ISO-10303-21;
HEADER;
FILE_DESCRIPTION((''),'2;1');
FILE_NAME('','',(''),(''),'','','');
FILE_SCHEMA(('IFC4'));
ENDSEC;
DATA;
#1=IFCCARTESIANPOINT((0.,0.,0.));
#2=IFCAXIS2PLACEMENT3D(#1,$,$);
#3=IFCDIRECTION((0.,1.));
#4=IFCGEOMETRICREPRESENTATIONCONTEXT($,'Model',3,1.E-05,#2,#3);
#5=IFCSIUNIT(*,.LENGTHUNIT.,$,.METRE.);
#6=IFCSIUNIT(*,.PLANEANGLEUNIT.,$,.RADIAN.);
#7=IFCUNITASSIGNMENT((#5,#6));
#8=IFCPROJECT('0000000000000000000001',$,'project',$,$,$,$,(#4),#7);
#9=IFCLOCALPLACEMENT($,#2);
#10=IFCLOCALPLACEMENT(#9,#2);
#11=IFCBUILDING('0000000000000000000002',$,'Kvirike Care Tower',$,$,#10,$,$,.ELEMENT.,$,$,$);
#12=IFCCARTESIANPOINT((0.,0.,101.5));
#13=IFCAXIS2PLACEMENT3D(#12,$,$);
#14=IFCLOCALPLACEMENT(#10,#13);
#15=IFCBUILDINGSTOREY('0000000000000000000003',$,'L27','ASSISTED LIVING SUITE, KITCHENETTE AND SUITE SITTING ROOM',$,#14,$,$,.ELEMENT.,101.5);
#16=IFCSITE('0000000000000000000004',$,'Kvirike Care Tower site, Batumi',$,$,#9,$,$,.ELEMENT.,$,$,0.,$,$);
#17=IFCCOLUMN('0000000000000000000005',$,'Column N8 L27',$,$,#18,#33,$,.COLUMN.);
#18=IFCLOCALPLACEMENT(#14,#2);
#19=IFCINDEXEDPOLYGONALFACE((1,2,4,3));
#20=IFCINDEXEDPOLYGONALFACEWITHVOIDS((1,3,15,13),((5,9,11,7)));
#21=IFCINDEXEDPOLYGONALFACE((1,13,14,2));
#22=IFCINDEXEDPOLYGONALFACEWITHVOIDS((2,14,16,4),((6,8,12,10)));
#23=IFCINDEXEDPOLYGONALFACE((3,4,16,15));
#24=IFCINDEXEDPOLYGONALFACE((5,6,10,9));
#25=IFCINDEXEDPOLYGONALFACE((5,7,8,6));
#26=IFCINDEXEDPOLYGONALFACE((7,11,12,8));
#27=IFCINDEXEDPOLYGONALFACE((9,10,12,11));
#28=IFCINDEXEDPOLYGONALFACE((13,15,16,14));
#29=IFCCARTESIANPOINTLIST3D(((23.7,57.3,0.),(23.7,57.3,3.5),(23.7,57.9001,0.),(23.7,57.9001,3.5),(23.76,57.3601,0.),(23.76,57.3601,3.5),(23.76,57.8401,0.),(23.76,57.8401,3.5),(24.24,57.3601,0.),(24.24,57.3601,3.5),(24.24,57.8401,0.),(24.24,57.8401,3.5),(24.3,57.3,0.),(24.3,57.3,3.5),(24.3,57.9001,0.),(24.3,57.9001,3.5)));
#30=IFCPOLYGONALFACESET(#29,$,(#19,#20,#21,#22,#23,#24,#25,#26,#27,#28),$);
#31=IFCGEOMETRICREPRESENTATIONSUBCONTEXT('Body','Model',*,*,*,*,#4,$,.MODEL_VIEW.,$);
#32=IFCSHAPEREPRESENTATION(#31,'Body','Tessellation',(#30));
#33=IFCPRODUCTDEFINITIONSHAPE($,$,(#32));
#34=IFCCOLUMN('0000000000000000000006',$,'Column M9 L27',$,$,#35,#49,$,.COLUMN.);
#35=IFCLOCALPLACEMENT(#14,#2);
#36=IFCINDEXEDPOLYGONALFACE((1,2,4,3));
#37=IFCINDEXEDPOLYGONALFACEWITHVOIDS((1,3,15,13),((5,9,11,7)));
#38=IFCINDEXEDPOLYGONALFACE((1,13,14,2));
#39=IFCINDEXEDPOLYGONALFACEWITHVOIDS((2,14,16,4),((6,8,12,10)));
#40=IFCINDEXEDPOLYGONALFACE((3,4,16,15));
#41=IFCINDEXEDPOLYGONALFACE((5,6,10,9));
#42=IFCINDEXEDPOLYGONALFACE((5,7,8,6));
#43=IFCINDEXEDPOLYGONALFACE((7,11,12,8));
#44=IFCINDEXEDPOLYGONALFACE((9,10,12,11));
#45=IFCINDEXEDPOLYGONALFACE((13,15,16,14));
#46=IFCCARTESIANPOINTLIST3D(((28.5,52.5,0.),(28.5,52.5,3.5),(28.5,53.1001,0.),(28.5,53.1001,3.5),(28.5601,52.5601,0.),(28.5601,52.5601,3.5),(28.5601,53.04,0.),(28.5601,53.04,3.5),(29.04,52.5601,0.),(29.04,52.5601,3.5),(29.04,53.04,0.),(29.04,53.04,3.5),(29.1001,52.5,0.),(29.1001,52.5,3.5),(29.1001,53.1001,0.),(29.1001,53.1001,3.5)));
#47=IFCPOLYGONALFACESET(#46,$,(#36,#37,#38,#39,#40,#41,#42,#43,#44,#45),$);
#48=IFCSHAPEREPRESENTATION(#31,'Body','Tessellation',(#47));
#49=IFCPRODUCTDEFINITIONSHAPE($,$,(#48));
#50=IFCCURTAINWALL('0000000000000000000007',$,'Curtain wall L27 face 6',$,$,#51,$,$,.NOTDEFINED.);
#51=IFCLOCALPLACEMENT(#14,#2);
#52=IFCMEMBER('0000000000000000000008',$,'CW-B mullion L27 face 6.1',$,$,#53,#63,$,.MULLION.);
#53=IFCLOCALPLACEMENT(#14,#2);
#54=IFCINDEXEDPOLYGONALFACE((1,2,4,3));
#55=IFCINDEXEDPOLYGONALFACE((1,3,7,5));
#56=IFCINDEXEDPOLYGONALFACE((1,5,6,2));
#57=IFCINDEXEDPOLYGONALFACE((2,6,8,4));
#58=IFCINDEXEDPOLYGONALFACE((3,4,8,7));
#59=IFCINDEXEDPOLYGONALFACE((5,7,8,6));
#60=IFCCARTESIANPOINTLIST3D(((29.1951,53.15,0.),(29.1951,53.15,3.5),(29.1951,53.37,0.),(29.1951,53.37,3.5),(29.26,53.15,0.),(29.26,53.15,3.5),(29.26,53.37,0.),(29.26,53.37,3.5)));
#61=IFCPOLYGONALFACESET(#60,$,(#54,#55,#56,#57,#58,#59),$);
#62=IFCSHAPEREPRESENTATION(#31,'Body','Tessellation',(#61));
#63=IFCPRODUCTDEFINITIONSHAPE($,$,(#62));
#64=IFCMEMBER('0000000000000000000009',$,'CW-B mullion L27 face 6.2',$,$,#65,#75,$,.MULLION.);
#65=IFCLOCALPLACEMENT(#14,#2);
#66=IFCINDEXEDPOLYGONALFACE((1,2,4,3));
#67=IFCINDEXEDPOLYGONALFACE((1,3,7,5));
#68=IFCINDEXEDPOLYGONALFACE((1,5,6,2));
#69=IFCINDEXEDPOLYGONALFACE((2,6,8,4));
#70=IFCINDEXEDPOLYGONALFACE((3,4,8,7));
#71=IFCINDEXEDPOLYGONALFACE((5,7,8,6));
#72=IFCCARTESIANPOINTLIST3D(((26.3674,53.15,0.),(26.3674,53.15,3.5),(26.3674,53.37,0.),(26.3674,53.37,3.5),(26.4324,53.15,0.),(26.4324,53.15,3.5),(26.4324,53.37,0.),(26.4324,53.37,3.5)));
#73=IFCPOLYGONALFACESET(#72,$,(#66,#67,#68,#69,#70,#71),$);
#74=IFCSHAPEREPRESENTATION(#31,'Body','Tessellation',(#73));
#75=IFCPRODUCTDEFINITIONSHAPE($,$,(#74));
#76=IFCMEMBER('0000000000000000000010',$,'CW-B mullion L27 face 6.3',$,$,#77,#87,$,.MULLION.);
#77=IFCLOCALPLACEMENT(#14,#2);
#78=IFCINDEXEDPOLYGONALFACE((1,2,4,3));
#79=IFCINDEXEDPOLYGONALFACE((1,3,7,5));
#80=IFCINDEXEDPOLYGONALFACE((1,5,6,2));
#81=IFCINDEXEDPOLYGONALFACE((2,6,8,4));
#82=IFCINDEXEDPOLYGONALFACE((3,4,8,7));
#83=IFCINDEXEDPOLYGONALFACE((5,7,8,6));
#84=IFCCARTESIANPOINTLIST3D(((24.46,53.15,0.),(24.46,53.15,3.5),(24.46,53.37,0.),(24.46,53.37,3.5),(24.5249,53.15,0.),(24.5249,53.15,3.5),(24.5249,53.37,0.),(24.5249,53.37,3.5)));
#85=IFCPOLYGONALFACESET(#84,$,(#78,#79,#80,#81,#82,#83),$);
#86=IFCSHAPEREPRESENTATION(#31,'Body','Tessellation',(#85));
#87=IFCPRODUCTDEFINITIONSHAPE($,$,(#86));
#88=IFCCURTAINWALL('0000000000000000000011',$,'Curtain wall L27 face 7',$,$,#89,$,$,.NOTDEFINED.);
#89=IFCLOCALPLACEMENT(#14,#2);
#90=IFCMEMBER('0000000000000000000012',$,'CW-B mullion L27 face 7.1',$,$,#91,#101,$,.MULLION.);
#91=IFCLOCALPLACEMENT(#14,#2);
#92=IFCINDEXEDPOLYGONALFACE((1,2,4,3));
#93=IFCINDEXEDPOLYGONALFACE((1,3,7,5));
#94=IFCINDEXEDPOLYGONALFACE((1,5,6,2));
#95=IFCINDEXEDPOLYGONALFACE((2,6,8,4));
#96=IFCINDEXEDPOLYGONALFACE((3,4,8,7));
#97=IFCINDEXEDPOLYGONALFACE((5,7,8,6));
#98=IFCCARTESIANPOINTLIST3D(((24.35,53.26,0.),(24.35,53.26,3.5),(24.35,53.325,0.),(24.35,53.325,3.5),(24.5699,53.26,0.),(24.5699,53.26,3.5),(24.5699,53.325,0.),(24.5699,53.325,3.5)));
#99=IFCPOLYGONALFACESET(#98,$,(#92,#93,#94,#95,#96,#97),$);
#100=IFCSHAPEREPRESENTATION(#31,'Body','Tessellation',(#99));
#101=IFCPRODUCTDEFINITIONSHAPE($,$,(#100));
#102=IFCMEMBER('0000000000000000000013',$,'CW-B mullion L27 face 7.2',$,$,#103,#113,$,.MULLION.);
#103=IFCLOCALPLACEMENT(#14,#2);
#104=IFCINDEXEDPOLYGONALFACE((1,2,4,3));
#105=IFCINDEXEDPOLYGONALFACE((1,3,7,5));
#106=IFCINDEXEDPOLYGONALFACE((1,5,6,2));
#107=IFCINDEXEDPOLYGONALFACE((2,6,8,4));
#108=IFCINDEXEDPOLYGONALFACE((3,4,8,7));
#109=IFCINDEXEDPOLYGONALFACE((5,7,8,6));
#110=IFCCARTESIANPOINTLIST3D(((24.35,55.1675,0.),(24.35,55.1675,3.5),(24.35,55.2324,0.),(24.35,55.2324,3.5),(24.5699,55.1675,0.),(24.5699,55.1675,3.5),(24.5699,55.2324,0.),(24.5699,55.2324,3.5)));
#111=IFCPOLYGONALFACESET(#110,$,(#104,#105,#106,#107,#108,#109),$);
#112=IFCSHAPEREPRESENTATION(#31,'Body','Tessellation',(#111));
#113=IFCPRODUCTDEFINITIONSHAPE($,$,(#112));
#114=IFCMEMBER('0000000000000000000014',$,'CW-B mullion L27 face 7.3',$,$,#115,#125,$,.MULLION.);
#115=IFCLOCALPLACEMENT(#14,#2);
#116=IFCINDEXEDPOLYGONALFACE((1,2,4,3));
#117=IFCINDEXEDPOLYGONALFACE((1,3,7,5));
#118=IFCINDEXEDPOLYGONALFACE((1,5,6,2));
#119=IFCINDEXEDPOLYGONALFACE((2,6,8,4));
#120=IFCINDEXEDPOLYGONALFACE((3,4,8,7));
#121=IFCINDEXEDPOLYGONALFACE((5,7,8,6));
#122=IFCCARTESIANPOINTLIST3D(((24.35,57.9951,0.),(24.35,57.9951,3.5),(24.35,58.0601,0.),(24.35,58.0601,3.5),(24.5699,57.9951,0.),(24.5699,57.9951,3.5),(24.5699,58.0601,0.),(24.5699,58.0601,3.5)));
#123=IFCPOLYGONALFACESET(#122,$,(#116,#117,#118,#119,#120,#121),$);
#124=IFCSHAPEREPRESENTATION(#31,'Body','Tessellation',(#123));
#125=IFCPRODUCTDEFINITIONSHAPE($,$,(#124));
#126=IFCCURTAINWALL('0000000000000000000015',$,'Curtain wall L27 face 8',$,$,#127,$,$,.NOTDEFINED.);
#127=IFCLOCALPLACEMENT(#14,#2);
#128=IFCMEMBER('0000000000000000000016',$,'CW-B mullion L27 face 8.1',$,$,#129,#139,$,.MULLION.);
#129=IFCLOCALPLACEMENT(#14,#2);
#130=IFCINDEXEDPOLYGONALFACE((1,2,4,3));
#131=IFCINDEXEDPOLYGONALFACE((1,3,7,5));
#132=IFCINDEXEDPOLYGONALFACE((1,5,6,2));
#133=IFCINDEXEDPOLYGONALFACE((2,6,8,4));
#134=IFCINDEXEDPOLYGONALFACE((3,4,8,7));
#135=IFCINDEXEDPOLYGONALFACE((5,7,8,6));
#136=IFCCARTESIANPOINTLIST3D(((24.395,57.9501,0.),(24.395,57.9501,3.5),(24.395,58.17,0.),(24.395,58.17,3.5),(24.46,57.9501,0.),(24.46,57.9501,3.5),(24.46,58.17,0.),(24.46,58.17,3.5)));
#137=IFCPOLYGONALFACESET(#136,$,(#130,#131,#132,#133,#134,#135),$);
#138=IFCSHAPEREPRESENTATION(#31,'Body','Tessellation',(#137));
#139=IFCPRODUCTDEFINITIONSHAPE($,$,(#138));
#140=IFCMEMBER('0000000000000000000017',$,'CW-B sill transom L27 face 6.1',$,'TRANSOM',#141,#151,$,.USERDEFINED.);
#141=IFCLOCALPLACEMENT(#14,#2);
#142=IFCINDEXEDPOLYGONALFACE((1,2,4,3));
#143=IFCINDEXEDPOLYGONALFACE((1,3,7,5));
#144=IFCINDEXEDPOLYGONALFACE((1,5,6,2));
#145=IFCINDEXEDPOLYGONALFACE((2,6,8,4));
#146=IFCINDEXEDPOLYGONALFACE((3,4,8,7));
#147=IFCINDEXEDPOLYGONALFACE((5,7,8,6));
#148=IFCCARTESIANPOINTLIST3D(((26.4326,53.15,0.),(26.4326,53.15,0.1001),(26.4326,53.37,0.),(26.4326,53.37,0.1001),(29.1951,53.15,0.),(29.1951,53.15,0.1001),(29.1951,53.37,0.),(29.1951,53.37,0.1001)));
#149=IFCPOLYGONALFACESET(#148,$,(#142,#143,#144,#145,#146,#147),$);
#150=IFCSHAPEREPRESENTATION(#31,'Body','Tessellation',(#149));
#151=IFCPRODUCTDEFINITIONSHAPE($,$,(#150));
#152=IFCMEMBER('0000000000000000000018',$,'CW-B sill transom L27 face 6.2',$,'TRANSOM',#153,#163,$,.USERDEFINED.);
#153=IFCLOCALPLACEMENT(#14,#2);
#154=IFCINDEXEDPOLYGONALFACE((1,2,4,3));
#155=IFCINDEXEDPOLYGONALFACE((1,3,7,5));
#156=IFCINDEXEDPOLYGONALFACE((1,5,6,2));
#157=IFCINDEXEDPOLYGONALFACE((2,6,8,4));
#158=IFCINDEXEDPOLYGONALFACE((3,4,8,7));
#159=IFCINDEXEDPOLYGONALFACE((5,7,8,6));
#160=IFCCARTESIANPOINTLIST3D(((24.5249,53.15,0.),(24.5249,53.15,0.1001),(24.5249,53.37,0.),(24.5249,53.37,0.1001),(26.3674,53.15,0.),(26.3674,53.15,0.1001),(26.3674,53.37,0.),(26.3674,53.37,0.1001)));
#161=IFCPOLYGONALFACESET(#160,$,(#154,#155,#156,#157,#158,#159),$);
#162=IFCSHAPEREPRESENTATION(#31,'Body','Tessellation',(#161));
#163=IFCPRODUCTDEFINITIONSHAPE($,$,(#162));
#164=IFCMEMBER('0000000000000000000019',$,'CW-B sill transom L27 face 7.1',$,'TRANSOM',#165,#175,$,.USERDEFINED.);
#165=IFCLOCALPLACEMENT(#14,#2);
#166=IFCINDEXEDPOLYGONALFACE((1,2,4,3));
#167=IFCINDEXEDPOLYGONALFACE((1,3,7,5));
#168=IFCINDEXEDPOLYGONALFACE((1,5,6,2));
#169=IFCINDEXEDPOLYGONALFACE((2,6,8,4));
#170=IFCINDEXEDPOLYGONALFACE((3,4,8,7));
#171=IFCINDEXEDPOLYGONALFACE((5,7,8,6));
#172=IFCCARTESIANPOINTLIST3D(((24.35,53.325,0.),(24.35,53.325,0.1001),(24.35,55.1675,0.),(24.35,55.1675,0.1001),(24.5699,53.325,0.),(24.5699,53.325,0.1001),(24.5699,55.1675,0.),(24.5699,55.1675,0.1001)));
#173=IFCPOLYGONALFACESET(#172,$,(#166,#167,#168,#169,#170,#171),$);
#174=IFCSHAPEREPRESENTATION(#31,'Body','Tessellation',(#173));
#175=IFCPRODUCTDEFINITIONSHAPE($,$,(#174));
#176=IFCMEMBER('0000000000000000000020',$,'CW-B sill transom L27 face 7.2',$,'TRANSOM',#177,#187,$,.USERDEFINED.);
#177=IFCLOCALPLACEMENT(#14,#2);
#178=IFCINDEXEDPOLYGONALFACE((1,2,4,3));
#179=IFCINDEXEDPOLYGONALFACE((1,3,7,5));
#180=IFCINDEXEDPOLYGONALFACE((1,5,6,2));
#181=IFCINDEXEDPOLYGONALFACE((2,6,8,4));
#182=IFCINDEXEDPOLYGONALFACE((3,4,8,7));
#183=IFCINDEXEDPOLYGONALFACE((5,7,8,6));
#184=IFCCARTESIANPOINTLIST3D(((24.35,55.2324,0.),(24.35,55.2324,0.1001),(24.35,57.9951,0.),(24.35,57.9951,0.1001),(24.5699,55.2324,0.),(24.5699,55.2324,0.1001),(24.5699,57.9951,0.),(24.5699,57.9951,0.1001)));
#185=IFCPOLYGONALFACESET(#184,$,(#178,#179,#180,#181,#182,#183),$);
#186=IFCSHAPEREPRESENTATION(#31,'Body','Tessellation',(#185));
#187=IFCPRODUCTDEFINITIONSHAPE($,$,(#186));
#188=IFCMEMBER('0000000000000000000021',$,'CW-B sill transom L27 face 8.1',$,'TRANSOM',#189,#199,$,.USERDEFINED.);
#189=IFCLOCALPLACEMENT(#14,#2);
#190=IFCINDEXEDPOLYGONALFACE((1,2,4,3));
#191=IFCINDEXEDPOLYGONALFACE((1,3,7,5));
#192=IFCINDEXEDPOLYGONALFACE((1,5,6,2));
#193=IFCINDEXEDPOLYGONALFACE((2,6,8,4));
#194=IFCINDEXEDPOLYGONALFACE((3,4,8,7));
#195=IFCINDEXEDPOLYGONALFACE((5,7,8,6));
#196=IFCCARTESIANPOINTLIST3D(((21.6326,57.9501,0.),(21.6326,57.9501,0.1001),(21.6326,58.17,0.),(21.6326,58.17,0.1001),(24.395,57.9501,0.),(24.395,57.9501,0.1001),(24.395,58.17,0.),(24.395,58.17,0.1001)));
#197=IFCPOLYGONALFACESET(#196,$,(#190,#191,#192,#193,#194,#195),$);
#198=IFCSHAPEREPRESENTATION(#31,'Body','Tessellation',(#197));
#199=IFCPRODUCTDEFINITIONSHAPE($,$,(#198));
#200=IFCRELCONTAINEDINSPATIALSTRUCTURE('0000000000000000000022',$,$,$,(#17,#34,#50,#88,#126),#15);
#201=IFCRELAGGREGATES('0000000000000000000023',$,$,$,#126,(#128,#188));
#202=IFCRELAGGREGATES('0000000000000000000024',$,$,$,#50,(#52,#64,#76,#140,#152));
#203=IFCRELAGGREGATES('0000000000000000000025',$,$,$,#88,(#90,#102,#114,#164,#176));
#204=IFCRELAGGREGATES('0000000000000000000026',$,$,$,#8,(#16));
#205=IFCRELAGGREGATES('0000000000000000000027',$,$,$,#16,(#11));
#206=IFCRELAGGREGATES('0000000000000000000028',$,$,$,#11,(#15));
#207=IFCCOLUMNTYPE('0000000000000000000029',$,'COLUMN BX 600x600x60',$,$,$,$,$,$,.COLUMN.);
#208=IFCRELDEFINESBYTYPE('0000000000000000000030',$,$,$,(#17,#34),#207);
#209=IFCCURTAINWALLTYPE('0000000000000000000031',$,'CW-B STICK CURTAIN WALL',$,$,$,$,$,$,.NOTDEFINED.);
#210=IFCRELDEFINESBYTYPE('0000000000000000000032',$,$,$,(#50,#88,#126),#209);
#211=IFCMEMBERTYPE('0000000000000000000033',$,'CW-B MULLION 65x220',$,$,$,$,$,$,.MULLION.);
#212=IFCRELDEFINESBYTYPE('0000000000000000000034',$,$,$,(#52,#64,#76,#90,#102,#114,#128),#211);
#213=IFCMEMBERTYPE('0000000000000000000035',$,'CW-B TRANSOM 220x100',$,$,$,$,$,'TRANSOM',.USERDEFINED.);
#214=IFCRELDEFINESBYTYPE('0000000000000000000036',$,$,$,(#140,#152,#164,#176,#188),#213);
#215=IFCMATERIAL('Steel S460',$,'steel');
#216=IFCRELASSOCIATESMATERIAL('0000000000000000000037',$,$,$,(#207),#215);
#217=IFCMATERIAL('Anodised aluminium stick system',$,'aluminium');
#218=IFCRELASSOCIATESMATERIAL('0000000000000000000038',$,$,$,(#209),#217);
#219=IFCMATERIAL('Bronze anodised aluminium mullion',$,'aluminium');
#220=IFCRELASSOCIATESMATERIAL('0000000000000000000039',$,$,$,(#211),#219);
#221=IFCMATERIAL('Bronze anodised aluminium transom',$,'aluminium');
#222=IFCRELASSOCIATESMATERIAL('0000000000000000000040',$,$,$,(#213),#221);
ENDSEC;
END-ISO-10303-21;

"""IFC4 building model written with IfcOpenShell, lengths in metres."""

from ifc_helpers import new_model, si_unit, direction, frame, origin, origin_2d, place, context, subcontext, project, spatial, rectangle, hollow_rectangle, extrude, material, material_profile, profile_set, type_object, element, aggregate, save


model = new_model("IFC4")

# Units and contexts
model_context = context("Model", 3, precision=1e-05, world=origin(), true_north=direction((0.0, 1.0)))
body_context = subcontext(model_context, "Body", "Model", "MODEL_VIEW")
ifc_project = project(units=[si_unit("LENGTHUNIT", "METRE"), si_unit("PLANEANGLEUNIT", "RADIAN")], contexts=[model_context])

# Site, building, storey
site_placement = place(None, origin())
site = spatial("IfcSite", under=ifc_project, at=site_placement, Name="Kvirike Care Tower site, Batumi", CompositionType="ELEMENT", RefElevation=0.0)
building_placement = place(site_placement, origin())
building = spatial("IfcBuilding", under=site, at=building_placement, Name="Kvirike Care Tower", CompositionType="ELEMENT")
storey_placement = place(building_placement, frame((0.0, 0.0, 101.5)))
storey = spatial("IfcBuildingStorey", under=building, at=storey_placement, Name="L27", Description="ASSISTED LIVING SUITE, KITCHENETTE AND SUITE SITTING ROOM", CompositionType="ELEMENT", Elevation=101.5)

# Columns
ifc_material_1 = material(Name="Steel S460", Category="steel")
ifc_material_profile_1 = material_profile(ifc_material_1, hollow_rectangle(XDim=0.6001, YDim=0.6001, WallThickness=0.0601, at=origin_2d()), Name="BX 600x600x60")
ifc_profile_set_1 = profile_set([ifc_material_profile_1], Name="Steel S460")
column_type = type_object("IfcColumnType", Name="COLUMN BX 600x600x60", PredefinedType="COLUMN", material=ifc_profile_set_1)
for number, where, z_axis, x_axis, name in (
    (1, (24.0, 57.6001, 0.0), (0.0, 0.0, 1.0), (0.0, 1.0, 0.0), "Column N8 L27"),
    (2, (28.8, 52.8, 0.0), (0.0, 0.0, 1.0), (0.0, 1.0, 0.0), "Column M9 L27"),
):
    element("IfcColumn", number, at=place(storey_placement, frame(where, z_axis=z_axis, x_axis=x_axis)), inside=storey, type_object=column_type, Name=name, PredefinedType="COLUMN", context=body_context, shape_type="SweptSolid", body=[
        extrude(hollow_rectangle(XDim=0.6001, YDim=0.6001, WallThickness=0.0601, at=origin_2d()), origin(), (0.0, 0.0, 1.0), 3.5),
    ])

# Curtain walls, members
ifc_material_2 = material(Name="Anodised aluminium stick system", Category="aluminium")
curtain_wall_type = type_object("IfcCurtainWallType", Name="CW-B STICK CURTAIN WALL", PredefinedType="NOTDEFINED", material=ifc_material_2)
curtain_wall_1_placement = place(storey_placement, origin())
curtain_wall_1 = element("IfcCurtainWall", 3, at=curtain_wall_1_placement, inside=storey, type_object=curtain_wall_type, Name="Curtain wall L27 face 6", PredefinedType="NOTDEFINED")
ifc_material_3 = material(Name="Bronze anodised aluminium mullion", Category="aluminium")
ifc_material_profile_2 = material_profile(ifc_material_3, rectangle(XDim=0.0649, YDim=0.22, at=origin_2d()), Name="CW-B MULLION 65x220")
ifc_profile_set_2 = profile_set([ifc_material_profile_2], Name="Bronze anodised aluminium mullion")
member_type_1 = type_object("IfcMemberType", Name="CW-B MULLION 65x220", PredefinedType="MULLION", material=ifc_profile_set_2)
member_1_placement = place(storey_placement, frame((29.2275, 53.26, 0.0), z_axis=(0.0, 0.0, 1.0), x_axis=(-1.0, 0.0, 0.0)))
member_1 = element("IfcMember", 4, at=member_1_placement, type_object=member_type_1, Name="CW-B mullion L27 face 6.1", PredefinedType="MULLION", context=body_context, shape_type="SweptSolid", body=[
    extrude(rectangle(XDim=0.0649, YDim=0.22, at=origin_2d()), origin(), (0.0, 0.0, 1.0), 3.5),
])
member_2_placement = place(storey_placement, frame((26.3999, 53.26, 0.0), z_axis=(0.0, 0.0, 1.0), x_axis=(-1.0, 0.0, 0.0)))
member_2 = element("IfcMember", 5, at=member_2_placement, type_object=member_type_1, Name="CW-B mullion L27 face 6.2", PredefinedType="MULLION", context=body_context, shape_type="SweptSolid", body=[
    extrude(rectangle(XDim=0.0649, YDim=0.22, at=origin_2d()), origin(), (0.0, 0.0, 1.0), 3.5),
])
member_3_placement = place(storey_placement, frame((24.4924, 53.26, 0.0), z_axis=(0.0, 0.0, 1.0), x_axis=(-1.0, 0.0, 0.0)))
member_3 = element("IfcMember", 6, at=member_3_placement, type_object=member_type_1, Name="CW-B mullion L27 face 6.3", PredefinedType="MULLION", context=body_context, shape_type="SweptSolid", body=[
    extrude(rectangle(XDim=0.0649, YDim=0.22, at=origin_2d()), origin(), (0.0, 0.0, 1.0), 3.5),
])
curtain_wall_2_placement = place(storey_placement, origin())
curtain_wall_2 = element("IfcCurtainWall", 7, at=curtain_wall_2_placement, inside=storey, type_object=curtain_wall_type, Name="Curtain wall L27 face 7", PredefinedType="NOTDEFINED")
member_4_placement = place(storey_placement, frame((24.46, 53.2925, 0.0), z_axis=(0.0, 0.0, 1.0), x_axis=(0.0, 1.0, 0.0)))
member_4 = element("IfcMember", 8, at=member_4_placement, type_object=member_type_1, Name="CW-B mullion L27 face 7.1", PredefinedType="MULLION", context=body_context, shape_type="SweptSolid", body=[
    extrude(rectangle(XDim=0.0649, YDim=0.22, at=origin_2d()), origin(), (0.0, 0.0, 1.0), 3.5),
])
member_5_placement = place(storey_placement, frame((24.46, 55.2, 0.0), z_axis=(0.0, 0.0, 1.0), x_axis=(0.0, 1.0, 0.0)))
member_5 = element("IfcMember", 9, at=member_5_placement, type_object=member_type_1, Name="CW-B mullion L27 face 7.2", PredefinedType="MULLION", context=body_context, shape_type="SweptSolid", body=[
    extrude(rectangle(XDim=0.0649, YDim=0.22, at=origin_2d()), origin(), (0.0, 0.0, 1.0), 3.5),
])
member_6_placement = place(storey_placement, frame((24.46, 58.0276, 0.0), z_axis=(0.0, 0.0, 1.0), x_axis=(0.0, 1.0, 0.0)))
member_6 = element("IfcMember", 10, at=member_6_placement, type_object=member_type_1, Name="CW-B mullion L27 face 7.3", PredefinedType="MULLION", context=body_context, shape_type="SweptSolid", body=[
    extrude(rectangle(XDim=0.0649, YDim=0.22, at=origin_2d()), origin(), (0.0, 0.0, 1.0), 3.5),
])

# Curtain wall, member
curtain_wall_3_placement = place(storey_placement, origin())
curtain_wall_3 = element("IfcCurtainWall", 11, at=curtain_wall_3_placement, inside=storey, type_object=curtain_wall_type, Name="Curtain wall L27 face 8", PredefinedType="NOTDEFINED")
member_7_placement = place(storey_placement, frame((24.4275, 58.0601, 0.0), z_axis=(0.0, 0.0, 1.0), x_axis=(-1.0, 0.0, 0.0)))
member_7 = element("IfcMember", 12, at=member_7_placement, type_object=member_type_1, Name="CW-B mullion L27 face 8.1", PredefinedType="MULLION", context=body_context, shape_type="SweptSolid", body=[
    extrude(rectangle(XDim=0.0649, YDim=0.22, at=origin_2d()), origin(), (0.0, 0.0, 1.0), 3.5),
])

# Members
ifc_material_4 = material(Name="Bronze anodised aluminium transom", Category="aluminium")
ifc_material_profile_3 = material_profile(ifc_material_4, rectangle(XDim=0.22, YDim=0.1001, at=origin_2d()), Name="CW-B TRANSOM 220x100")
ifc_profile_set_3 = profile_set([ifc_material_profile_3], Name="Bronze anodised aluminium transom")
member_type_2 = type_object("IfcMemberType", Name="CW-B TRANSOM 220x100", ElementType="TRANSOM", PredefinedType="USERDEFINED", material=ifc_profile_set_3)
member_8_placement = place(storey_placement, frame((29.1951, 53.26, 0.05), z_axis=(-1.0, 0.0, 0.0), x_axis=(0.0, -1.0, 0.0)))
member_8 = element("IfcMember", 13, at=member_8_placement, type_object=member_type_2, Name="CW-B sill transom L27 face 6.1", ObjectType="TRANSOM", PredefinedType="USERDEFINED", context=body_context, shape_type="SweptSolid", body=[
    extrude(rectangle(XDim=0.22, YDim=0.1001, at=origin_2d()), origin(), (0.0, 0.0, 1.0), 2.7625),
])
member_9_placement = place(storey_placement, frame((26.3674, 53.26, 0.05), z_axis=(-1.0, 0.0, 0.0), x_axis=(0.0, -1.0, 0.0)))
member_9 = element("IfcMember", 14, at=member_9_placement, type_object=member_type_2, Name="CW-B sill transom L27 face 6.2", ObjectType="TRANSOM", PredefinedType="USERDEFINED", context=body_context, shape_type="SweptSolid", body=[
    extrude(rectangle(XDim=0.22, YDim=0.1001, at=origin_2d()), origin(), (0.0, 0.0, 1.0), 1.8425),
])
member_10_placement = place(storey_placement, frame((24.46, 53.325, 0.05), z_axis=(0.0, 1.0, 0.0), x_axis=(-1.0, 0.0, 0.0)))
member_10 = element("IfcMember", 15, at=member_10_placement, type_object=member_type_2, Name="CW-B sill transom L27 face 7.1", ObjectType="TRANSOM", PredefinedType="USERDEFINED", context=body_context, shape_type="SweptSolid", body=[
    extrude(rectangle(XDim=0.22, YDim=0.1001, at=origin_2d()), origin(), (0.0, 0.0, 1.0), 1.8425),
])
member_11_placement = place(storey_placement, frame((24.46, 55.2324, 0.05), z_axis=(0.0, 1.0, 0.0), x_axis=(-1.0, 0.0, 0.0)))
member_11 = element("IfcMember", 16, at=member_11_placement, type_object=member_type_2, Name="CW-B sill transom L27 face 7.2", ObjectType="TRANSOM", PredefinedType="USERDEFINED", context=body_context, shape_type="SweptSolid", body=[
    extrude(rectangle(XDim=0.22, YDim=0.1001, at=origin_2d()), origin(), (0.0, 0.0, 1.0), 2.7627),
])
member_12_placement = place(storey_placement, frame((24.395, 58.0601, 0.05), z_axis=(-1.0, 0.0, 0.0), x_axis=(0.0, -1.0, 0.0)))
member_12 = element("IfcMember", 17, at=member_12_placement, type_object=member_type_2, Name="CW-B sill transom L27 face 8.1", ObjectType="TRANSOM", PredefinedType="USERDEFINED", context=body_context, shape_type="SweptSolid", body=[
    extrude(rectangle(XDim=0.22, YDim=0.1001, at=origin_2d()), origin(), (0.0, 0.0, 1.0), 2.7625),
])
aggregate(curtain_wall_3, [member_7, member_12])

aggregate(curtain_wall_1, [member_1, member_2, member_3, member_8, member_9])
aggregate(curtain_wall_2, [member_4, member_5, member_6, member_10, member_11])

save(model, "model.ifc")
